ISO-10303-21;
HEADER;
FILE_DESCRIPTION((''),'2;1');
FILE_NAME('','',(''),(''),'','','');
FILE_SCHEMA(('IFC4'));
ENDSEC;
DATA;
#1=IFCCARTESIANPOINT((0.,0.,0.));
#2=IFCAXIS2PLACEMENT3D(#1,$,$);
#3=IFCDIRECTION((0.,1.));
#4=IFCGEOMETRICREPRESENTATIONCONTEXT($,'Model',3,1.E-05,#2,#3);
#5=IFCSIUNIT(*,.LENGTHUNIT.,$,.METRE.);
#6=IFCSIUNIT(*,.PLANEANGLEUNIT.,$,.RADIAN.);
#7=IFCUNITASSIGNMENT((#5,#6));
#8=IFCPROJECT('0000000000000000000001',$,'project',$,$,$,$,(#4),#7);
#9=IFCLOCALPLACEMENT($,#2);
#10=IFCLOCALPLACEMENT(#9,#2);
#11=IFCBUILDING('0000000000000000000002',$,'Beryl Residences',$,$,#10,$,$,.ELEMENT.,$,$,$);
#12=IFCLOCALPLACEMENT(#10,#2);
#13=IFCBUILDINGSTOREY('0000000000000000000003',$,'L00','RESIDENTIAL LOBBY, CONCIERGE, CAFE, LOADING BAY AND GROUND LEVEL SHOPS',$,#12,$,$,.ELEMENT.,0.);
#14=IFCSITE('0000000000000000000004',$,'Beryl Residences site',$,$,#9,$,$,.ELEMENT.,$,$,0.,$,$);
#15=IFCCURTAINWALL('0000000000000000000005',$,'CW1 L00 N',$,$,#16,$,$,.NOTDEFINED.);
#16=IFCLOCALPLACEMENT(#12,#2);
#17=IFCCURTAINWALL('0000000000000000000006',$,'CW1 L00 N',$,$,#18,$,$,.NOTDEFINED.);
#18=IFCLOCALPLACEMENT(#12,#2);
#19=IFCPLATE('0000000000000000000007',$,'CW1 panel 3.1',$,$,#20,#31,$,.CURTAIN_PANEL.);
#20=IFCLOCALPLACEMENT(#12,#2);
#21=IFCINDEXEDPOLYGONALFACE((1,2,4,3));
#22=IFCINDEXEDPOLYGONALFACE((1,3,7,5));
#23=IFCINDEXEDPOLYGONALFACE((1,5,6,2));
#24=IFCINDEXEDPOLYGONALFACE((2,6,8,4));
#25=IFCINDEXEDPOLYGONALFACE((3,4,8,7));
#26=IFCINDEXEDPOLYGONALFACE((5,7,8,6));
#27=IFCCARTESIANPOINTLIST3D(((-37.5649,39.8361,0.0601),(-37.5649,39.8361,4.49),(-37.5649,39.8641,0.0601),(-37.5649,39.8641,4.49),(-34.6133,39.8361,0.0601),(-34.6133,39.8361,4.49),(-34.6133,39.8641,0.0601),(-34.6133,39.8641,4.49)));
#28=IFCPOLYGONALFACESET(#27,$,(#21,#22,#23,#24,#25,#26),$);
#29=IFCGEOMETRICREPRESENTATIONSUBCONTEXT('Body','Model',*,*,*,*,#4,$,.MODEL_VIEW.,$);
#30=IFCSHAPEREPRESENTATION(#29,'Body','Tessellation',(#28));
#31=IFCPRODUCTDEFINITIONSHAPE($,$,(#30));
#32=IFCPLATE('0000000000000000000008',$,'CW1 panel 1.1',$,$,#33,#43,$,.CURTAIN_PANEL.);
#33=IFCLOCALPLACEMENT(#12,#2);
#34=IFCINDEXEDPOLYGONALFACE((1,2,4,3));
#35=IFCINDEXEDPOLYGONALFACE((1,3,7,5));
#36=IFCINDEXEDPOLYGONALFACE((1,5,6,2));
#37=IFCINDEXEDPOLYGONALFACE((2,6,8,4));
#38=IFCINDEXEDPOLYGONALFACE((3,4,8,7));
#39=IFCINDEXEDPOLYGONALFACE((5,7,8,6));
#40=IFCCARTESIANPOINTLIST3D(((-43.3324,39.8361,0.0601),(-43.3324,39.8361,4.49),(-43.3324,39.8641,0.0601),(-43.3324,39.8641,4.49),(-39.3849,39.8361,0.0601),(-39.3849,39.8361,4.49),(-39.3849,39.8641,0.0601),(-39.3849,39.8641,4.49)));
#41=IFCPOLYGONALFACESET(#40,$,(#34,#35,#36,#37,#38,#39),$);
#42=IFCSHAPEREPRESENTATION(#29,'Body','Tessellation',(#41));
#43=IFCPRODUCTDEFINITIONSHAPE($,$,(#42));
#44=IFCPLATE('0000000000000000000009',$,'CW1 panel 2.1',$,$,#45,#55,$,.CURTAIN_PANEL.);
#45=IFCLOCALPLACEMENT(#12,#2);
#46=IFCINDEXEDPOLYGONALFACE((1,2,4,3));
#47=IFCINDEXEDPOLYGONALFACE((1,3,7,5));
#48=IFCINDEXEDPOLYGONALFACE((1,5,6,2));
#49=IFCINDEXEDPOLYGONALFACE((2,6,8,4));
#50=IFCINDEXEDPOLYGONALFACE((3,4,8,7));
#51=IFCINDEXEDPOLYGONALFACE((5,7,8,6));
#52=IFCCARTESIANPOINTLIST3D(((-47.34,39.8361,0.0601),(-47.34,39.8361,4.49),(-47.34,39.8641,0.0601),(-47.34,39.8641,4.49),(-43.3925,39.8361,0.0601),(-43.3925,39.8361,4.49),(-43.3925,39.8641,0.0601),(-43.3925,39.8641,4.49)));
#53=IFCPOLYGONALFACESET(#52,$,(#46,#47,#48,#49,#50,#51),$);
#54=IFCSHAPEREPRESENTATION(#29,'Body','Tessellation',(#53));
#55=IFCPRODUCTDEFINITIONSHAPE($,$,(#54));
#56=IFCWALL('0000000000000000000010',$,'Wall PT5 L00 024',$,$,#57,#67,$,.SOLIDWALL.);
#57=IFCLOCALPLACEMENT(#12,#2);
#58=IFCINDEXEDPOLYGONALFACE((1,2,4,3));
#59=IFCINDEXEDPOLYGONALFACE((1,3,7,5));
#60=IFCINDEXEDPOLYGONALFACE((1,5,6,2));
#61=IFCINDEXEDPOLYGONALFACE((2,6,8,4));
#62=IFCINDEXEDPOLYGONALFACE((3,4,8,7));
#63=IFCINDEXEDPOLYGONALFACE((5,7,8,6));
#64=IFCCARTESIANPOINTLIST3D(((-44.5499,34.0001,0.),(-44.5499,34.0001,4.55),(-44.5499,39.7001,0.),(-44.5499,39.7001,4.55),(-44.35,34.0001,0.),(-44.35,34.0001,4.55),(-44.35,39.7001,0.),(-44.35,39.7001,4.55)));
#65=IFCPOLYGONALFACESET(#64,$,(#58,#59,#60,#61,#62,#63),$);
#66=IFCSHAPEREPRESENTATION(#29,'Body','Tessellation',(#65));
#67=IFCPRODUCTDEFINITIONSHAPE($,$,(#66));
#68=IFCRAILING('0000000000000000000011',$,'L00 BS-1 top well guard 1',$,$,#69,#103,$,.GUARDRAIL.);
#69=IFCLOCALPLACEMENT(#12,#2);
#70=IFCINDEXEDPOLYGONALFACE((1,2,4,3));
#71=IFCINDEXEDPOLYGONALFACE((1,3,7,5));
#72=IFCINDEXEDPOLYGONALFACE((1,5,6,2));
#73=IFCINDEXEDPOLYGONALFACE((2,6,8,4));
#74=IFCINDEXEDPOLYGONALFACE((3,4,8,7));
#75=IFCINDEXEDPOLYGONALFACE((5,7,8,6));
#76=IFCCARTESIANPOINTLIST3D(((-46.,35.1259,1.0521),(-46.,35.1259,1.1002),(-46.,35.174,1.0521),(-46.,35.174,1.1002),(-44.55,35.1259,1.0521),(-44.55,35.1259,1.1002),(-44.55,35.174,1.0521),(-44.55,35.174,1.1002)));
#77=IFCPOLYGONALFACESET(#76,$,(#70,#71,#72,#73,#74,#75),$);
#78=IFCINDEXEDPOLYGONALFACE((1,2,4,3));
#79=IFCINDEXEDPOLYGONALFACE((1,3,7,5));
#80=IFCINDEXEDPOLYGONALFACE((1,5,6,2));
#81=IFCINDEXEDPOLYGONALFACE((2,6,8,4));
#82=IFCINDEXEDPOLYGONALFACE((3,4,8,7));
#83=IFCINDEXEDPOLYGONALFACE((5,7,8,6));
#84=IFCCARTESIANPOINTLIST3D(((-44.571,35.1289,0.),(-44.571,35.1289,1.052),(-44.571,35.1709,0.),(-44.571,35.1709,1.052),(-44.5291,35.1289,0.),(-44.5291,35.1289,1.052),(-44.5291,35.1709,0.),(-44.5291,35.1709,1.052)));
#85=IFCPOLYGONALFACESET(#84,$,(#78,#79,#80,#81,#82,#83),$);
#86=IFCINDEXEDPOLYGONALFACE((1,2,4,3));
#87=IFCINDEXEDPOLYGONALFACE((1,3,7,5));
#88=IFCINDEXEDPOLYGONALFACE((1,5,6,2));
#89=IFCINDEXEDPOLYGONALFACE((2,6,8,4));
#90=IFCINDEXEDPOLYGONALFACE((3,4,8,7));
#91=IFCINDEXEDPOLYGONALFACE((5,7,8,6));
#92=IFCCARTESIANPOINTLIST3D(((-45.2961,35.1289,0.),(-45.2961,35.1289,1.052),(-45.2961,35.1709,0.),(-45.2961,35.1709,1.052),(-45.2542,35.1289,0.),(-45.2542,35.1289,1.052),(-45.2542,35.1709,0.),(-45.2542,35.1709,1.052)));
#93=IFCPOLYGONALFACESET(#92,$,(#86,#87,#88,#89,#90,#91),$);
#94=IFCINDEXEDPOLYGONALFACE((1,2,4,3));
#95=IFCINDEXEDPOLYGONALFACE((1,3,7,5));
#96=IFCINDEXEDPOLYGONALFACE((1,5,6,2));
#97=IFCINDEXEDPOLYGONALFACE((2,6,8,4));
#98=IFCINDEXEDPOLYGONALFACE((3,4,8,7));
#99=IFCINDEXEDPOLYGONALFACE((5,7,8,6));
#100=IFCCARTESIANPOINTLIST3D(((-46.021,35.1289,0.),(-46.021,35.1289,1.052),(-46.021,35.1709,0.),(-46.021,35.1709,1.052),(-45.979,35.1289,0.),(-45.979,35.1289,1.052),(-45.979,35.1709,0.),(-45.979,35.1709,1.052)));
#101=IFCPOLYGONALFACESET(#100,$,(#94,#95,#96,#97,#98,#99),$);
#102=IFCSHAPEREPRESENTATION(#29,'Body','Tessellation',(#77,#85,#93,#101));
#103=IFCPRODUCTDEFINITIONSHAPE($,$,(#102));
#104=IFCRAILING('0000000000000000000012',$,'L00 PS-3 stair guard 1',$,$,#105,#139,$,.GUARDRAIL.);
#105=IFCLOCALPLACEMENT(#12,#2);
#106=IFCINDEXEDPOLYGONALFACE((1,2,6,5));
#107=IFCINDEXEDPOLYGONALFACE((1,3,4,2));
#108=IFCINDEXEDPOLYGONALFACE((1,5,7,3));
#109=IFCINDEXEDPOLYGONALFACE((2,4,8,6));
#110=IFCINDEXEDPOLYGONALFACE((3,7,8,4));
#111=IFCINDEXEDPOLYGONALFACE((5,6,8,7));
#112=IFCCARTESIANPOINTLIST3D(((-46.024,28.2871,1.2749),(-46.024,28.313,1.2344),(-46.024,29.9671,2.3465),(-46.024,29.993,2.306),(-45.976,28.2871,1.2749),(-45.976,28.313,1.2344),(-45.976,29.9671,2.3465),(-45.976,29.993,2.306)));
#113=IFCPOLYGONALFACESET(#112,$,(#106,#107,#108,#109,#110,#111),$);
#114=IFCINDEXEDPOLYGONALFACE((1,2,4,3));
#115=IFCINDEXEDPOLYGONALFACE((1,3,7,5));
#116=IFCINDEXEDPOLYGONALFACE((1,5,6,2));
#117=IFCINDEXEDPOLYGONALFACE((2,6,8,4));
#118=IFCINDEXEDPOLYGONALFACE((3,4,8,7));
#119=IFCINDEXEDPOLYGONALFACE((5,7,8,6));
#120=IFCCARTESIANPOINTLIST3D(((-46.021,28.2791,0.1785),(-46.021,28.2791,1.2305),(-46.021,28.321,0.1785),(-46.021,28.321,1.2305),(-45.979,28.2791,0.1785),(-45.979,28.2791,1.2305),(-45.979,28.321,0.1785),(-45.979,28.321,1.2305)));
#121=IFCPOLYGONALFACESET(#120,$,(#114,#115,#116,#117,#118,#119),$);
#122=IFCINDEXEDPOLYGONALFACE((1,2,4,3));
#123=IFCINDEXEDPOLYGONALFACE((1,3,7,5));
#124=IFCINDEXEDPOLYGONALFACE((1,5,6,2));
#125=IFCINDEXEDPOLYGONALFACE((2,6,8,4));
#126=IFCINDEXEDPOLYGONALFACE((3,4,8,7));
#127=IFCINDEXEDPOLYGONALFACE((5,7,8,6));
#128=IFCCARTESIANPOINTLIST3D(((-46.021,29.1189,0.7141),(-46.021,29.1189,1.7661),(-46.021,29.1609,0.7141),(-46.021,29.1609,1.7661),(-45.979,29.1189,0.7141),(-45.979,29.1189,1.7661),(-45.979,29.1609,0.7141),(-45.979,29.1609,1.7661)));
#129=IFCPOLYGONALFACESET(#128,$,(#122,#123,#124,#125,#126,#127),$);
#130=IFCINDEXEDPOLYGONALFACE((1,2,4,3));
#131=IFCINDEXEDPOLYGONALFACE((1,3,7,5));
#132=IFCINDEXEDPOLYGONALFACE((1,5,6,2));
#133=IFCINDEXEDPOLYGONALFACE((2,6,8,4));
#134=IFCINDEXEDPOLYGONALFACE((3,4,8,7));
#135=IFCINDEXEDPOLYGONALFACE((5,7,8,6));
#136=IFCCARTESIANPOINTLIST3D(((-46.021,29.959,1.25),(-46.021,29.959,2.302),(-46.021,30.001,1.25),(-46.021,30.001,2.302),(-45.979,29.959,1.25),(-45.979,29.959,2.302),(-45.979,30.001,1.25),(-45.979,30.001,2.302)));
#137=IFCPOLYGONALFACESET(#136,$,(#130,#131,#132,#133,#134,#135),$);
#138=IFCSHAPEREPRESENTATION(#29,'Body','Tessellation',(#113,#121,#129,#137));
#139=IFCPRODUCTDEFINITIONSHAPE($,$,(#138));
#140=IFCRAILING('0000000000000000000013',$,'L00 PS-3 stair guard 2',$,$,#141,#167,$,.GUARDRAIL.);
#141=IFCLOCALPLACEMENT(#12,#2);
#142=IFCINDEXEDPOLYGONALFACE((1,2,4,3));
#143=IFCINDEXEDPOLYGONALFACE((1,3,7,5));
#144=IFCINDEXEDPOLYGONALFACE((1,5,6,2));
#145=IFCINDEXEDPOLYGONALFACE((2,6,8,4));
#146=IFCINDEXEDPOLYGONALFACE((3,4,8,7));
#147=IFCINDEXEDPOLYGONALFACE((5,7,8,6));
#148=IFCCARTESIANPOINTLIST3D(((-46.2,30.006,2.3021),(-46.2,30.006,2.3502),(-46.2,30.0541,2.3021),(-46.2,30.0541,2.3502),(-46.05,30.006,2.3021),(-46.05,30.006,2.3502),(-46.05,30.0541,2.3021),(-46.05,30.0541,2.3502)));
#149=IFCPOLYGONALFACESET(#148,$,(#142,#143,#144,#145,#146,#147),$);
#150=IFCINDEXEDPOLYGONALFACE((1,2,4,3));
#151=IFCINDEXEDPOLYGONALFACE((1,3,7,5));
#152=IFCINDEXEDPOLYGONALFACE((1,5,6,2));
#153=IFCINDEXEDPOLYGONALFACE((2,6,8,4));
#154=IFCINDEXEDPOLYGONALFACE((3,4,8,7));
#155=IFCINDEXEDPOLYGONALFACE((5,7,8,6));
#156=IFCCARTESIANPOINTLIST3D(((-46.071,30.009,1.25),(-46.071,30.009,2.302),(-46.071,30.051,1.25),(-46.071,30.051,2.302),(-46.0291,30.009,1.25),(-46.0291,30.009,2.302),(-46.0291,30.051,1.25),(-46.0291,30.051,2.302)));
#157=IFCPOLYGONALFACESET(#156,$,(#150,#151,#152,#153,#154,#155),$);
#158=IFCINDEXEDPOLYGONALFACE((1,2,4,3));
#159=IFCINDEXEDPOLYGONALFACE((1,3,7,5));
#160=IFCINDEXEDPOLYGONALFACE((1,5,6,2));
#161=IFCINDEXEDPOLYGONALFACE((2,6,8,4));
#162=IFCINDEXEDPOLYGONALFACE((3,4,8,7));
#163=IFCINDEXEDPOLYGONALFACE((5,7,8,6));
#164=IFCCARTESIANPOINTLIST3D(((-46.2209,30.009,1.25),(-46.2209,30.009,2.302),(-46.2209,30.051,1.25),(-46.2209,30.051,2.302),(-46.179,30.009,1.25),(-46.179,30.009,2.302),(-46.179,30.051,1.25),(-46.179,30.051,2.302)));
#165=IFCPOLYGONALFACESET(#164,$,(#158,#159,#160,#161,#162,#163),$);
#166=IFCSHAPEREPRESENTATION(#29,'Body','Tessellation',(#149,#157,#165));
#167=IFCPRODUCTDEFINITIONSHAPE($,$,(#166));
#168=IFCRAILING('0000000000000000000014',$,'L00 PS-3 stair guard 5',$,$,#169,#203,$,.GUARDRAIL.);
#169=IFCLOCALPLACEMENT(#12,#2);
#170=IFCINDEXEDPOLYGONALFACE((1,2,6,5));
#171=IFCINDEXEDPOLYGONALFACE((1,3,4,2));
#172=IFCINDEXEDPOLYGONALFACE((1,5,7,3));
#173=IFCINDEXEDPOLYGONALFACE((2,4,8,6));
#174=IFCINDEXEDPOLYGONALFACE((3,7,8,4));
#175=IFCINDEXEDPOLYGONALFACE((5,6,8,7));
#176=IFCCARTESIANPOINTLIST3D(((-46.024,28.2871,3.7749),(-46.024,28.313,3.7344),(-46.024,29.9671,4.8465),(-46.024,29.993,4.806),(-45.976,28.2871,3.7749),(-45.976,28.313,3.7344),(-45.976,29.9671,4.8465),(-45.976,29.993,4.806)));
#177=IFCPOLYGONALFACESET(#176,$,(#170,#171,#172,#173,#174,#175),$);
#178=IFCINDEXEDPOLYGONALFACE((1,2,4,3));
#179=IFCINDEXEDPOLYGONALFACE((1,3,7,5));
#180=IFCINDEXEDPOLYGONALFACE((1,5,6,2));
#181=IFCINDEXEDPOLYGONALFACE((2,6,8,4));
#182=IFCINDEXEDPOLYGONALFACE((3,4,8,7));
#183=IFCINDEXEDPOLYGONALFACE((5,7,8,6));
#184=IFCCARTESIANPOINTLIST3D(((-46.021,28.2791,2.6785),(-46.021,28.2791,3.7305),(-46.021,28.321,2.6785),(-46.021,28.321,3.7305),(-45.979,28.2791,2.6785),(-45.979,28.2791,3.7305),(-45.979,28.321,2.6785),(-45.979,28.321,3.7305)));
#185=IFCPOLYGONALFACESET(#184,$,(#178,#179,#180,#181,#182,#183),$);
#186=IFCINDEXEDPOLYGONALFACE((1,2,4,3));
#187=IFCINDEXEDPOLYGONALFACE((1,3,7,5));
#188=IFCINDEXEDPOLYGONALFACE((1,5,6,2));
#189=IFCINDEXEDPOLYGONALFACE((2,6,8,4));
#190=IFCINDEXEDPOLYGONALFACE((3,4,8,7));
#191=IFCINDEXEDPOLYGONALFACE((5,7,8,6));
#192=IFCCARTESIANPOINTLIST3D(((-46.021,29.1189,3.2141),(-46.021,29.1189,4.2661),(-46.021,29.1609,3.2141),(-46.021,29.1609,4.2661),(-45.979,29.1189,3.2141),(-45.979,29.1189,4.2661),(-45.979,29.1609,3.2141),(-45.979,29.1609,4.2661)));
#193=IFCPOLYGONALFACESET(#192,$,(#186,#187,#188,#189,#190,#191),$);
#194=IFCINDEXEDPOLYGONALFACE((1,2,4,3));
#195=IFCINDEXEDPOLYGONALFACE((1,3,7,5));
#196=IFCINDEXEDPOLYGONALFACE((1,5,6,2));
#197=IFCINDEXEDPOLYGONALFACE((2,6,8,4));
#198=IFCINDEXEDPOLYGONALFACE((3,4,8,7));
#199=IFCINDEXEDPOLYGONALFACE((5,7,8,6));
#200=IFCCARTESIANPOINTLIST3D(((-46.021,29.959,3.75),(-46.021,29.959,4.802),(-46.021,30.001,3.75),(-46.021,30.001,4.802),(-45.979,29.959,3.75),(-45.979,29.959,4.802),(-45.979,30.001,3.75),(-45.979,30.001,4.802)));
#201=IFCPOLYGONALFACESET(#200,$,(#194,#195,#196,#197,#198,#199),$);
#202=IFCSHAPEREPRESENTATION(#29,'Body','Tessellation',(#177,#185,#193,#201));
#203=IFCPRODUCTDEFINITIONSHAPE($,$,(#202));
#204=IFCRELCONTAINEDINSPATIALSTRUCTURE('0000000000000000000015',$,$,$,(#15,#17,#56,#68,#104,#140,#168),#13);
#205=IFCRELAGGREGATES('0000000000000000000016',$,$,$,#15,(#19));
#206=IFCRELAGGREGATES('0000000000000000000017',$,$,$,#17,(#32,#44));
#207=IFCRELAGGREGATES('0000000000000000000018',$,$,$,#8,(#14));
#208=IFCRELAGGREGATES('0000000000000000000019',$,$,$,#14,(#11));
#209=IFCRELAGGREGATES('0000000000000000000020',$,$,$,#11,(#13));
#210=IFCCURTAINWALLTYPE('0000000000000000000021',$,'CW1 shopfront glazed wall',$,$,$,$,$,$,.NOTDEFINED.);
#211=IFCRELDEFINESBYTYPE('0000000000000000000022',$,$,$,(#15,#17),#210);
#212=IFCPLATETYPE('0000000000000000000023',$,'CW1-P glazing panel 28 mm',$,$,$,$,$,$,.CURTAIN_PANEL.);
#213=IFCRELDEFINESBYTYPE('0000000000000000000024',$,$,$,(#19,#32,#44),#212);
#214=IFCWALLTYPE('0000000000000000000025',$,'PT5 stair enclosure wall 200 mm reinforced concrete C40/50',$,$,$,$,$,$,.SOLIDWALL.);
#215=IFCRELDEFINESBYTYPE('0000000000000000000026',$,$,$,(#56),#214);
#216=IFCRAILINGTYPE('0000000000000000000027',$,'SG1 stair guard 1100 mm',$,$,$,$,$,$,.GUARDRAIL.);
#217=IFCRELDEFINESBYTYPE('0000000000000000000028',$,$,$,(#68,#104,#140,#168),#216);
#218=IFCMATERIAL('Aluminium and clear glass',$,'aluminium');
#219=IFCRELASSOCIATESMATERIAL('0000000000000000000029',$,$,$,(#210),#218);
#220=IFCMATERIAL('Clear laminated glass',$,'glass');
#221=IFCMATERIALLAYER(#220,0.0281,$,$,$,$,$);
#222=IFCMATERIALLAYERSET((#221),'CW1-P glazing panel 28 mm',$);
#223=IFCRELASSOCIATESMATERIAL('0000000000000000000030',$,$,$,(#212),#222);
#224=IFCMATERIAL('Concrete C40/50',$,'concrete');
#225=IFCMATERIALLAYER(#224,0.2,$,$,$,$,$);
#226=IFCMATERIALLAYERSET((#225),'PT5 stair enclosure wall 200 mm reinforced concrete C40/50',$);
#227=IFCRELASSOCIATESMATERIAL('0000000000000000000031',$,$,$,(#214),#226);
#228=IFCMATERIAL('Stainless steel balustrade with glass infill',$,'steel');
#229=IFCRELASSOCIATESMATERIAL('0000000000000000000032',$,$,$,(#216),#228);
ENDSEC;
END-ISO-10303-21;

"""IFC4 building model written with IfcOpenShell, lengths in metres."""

from ifc_helpers import new_model, si_unit, direction, frame, frame_2d, origin, origin_2d, place, context, subcontext, project, spatial, rectangle, extrude, material, layer, layer_set, type_object, element, aggregate, save


model = new_model("IFC4")

# Units and contexts
model_context = context("Model", 3, precision=1e-05, world=origin(), true_north=direction((0.0, 1.0)))
body_context = subcontext(model_context, "Body", "Model", "MODEL_VIEW")
ifc_project = project(units=[si_unit("LENGTHUNIT", "METRE"), si_unit("PLANEANGLEUNIT", "RADIAN")], contexts=[model_context])

# Site, building, storey
site_placement = place(None, origin())
site = spatial("IfcSite", under=ifc_project, at=site_placement, Name="Beryl Residences site", CompositionType="ELEMENT", RefElevation=0.0)
building_placement = place(site_placement, origin())
building = spatial("IfcBuilding", under=site, at=building_placement, Name="Beryl Residences", CompositionType="ELEMENT")
storey_placement = place(building_placement, origin())
storey = spatial("IfcBuildingStorey", under=building, at=storey_placement, Name="L00", Description="RESIDENTIAL LOBBY, CONCIERGE, CAFE, LOADING BAY AND GROUND LEVEL SHOPS", CompositionType="ELEMENT", Elevation=0.0)

# Curtain walls
ifc_material_1 = material(Name="Aluminium and clear glass", Category="aluminium")
curtain_wall_type = type_object("IfcCurtainWallType", Name="CW1 shopfront glazed wall", PredefinedType="NOTDEFINED", material=ifc_material_1)
curtain_wall_1_placement = place(storey_placement, origin())
curtain_wall_1 = element("IfcCurtainWall", 1, at=curtain_wall_1_placement, inside=storey, type_object=curtain_wall_type, Name="CW1 L00 N", PredefinedType="NOTDEFINED")
curtain_wall_2_placement = place(storey_placement, origin())
curtain_wall_2 = element("IfcCurtainWall", 2, at=curtain_wall_2_placement, inside=storey, type_object=curtain_wall_type, Name="CW1 L00 N", PredefinedType="NOTDEFINED")

# Plates
ifc_material_2 = material(Name="Clear laminated glass", Category="glass")
ifc_layer_1 = layer(ifc_material_2, 0.0281)
ifc_layer_set_1 = layer_set([ifc_layer_1], Name="CW1-P glazing panel 28 mm")
plate_type = type_object("IfcPlateType", Name="CW1-P glazing panel 28 mm", PredefinedType="CURTAIN_PANEL", material=ifc_layer_set_1)
plate_1_placement = place(storey_placement, frame((-36.0891, 39.8501, 0.0601), z_axis=(0.0, 0.0, 1.0), x_axis=(-1.0, 0.0, 0.0)))
plate_1 = element("IfcPlate", 3, at=plate_1_placement, type_object=plate_type, Name="CW1 panel 3.1", PredefinedType="CURTAIN_PANEL", context=body_context, shape_type="SweptSolid", body=[
    extrude(rectangle(XDim=2.9517, YDim=0.0281, at=origin_2d()), origin(), (0.0, 0.0, 1.0), 4.4299),
])
aggregate(curtain_wall_1, [plate_1])
plate_2_placement = place(storey_placement, frame((-41.3586, 39.8501, 0.0601), z_axis=(0.0, 0.0, 1.0), x_axis=(-1.0, 0.0, 0.0)))
plate_2 = element("IfcPlate", 4, at=plate_2_placement, type_object=plate_type, Name="CW1 panel 1.1", PredefinedType="CURTAIN_PANEL", context=body_context, shape_type="SweptSolid", body=[
    extrude(rectangle(XDim=3.9475, YDim=0.0281, at=origin_2d()), origin(), (0.0, 0.0, 1.0), 4.4299),
])
plate_3_placement = place(storey_placement, frame((-45.3662, 39.8501, 0.0601), z_axis=(0.0, 0.0, 1.0), x_axis=(-1.0, 0.0, 0.0)))
plate_3 = element("IfcPlate", 5, at=plate_3_placement, type_object=plate_type, Name="CW1 panel 2.1", PredefinedType="CURTAIN_PANEL", context=body_context, shape_type="SweptSolid", body=[
    extrude(rectangle(XDim=3.9475, YDim=0.0281, at=origin_2d()), origin(), (0.0, 0.0, 1.0), 4.4299),
])
aggregate(curtain_wall_2, [plate_2, plate_3])

# Wall
ifc_material_3 = material(Name="Concrete C40/50", Category="concrete")
ifc_layer_2 = layer(ifc_material_3, 0.2)
ifc_layer_set_2 = layer_set([ifc_layer_2], Name="PT5 stair enclosure wall 200 mm reinforced concrete C40/50")
wall_type_1 = type_object("IfcWallType", Name="PT5 stair enclosure wall 200 mm reinforced concrete C40/50", PredefinedType="SOLIDWALL", material=ifc_layer_set_2)
wall_1_placement = place(storey_placement, frame((-44.45, 34.0, 0.0), z_axis=(0.0, 0.0, 1.0), x_axis=(0.0, 1.0, 0.0)))
element("IfcWall", 6, at=wall_1_placement, inside=storey, type_object=wall_type_1, Name="Wall PT5 L00 024", PredefinedType="SOLIDWALL", context=body_context, shape_type="SweptSolid", body=[
    extrude(rectangle(XDim=5.7, YDim=0.2, at=frame_2d((2.8501, 0.0))), origin(), (0.0, 0.0, 1.0), 4.55),
])

# Railings
ifc_material_4 = material(Name="Stainless steel balustrade with glass infill", Category="steel")
railing_type_1 = type_object("IfcRailingType", Name="SG1 stair guard 1100 mm", PredefinedType="GUARDRAIL", material=ifc_material_4)
railing_1_placement = place(storey_placement, frame((-44.55, 35.1499, 0.0)))
element("IfcRailing", 7, at=railing_1_placement, inside=storey, type_object=railing_type_1, Name="L00 BS-1 top well guard 1", PredefinedType="GUARDRAIL", context=body_context, shape_type="SweptSolid", body=[
    extrude(rectangle(XDim=0.0481, YDim=0.0481, at=origin_2d()), frame((0.0, 0.0, 1.0762), z_axis=(-1.0, 0.0, 0.0), x_axis=(0.0, -1.0, 0.0)), (0.0, 0.0, 1.0), 1.45),
    extrude(rectangle(XDim=0.042, YDim=0.042, at=origin_2d()), origin(), (0.0, 0.0, 1.0), 1.052),
    extrude(rectangle(XDim=0.042, YDim=0.042, at=origin_2d()), frame((-0.7251, 0.0, 0.0)), (0.0, 0.0, 1.0), 1.052),
    extrude(rectangle(XDim=0.042, YDim=0.042, at=origin_2d()), frame((-1.45, 0.0, 0.0)), (0.0, 0.0, 1.0), 1.052),
])
railing_2_placement = place(storey_placement, frame((-46.0, 28.3, 0.1785)))
element("IfcRailing", 8, at=railing_2_placement, inside=storey, type_object=railing_type_1, Name="L00 PS-3 stair guard 1", PredefinedType="GUARDRAIL", context=body_context, shape_type="SweptSolid", body=[
    extrude(rectangle(XDim=0.0481, YDim=0.0481, at=origin_2d()), frame((0.0, 0.0, 1.0762), z_axis=(0.0, 0.843096, 0.537763), x_axis=(-1.0, 0.0, 0.0)), (0.0, 0.0, 1.0), 1.9927),
    extrude(rectangle(XDim=0.042, YDim=0.042, at=origin_2d()), origin(), (0.0, 0.0, 1.0), 1.052),
    extrude(rectangle(XDim=0.042, YDim=0.042, at=origin_2d()), frame((0.0, 0.8398, 0.5356)), (0.0, 0.0, 1.0), 1.052),
    extrude(rectangle(XDim=0.042, YDim=0.042, at=origin_2d()), frame((0.0, 1.6799, 1.0715)), (0.0, 0.0, 1.0), 1.052),
])
railing_3_placement = place(storey_placement, frame((-46.05, 30.03, 1.25)))
element("IfcRailing", 9, at=railing_3_placement, inside=storey, type_object=railing_type_1, Name="L00 PS-3 stair guard 2", PredefinedType="GUARDRAIL", context=body_context, shape_type="SweptSolid", body=[
    extrude(rectangle(XDim=0.0481, YDim=0.0481, at=origin_2d()), frame((0.0, 0.0, 1.0762), z_axis=(-1.0, 0.0, 0.0), x_axis=(0.0, -1.0, 0.0)), (0.0, 0.0, 1.0), 0.1499),
    extrude(rectangle(XDim=0.042, YDim=0.042, at=origin_2d()), origin(), (0.0, 0.0, 1.0), 1.052),
    extrude(rectangle(XDim=0.042, YDim=0.042, at=origin_2d()), frame((-0.1499, 0.0, 0.0)), (0.0, 0.0, 1.0), 1.052),
])
railing_4_placement = place(storey_placement, frame((-46.0, 28.3, 2.6785)))
element("IfcRailing", 10, at=railing_4_placement, inside=storey, type_object=railing_type_1, Name="L00 PS-3 stair guard 5", PredefinedType="GUARDRAIL", context=body_context, shape_type="SweptSolid", body=[
    extrude(rectangle(XDim=0.0481, YDim=0.0481, at=origin_2d()), frame((0.0, 0.0, 1.0762), z_axis=(0.0, 0.843096, 0.537763), x_axis=(-1.0, 0.0, 0.0)), (0.0, 0.0, 1.0), 1.9927),
    extrude(rectangle(XDim=0.042, YDim=0.042, at=origin_2d()), origin(), (0.0, 0.0, 1.0), 1.052),
    extrude(rectangle(XDim=0.042, YDim=0.042, at=origin_2d()), frame((0.0, 0.8398, 0.5356)), (0.0, 0.0, 1.0), 1.052),
    extrude(rectangle(XDim=0.042, YDim=0.042, at=origin_2d()), frame((0.0, 1.6799, 1.0715)), (0.0, 0.0, 1.0), 1.052),
])

save(model, "model.ifc")
